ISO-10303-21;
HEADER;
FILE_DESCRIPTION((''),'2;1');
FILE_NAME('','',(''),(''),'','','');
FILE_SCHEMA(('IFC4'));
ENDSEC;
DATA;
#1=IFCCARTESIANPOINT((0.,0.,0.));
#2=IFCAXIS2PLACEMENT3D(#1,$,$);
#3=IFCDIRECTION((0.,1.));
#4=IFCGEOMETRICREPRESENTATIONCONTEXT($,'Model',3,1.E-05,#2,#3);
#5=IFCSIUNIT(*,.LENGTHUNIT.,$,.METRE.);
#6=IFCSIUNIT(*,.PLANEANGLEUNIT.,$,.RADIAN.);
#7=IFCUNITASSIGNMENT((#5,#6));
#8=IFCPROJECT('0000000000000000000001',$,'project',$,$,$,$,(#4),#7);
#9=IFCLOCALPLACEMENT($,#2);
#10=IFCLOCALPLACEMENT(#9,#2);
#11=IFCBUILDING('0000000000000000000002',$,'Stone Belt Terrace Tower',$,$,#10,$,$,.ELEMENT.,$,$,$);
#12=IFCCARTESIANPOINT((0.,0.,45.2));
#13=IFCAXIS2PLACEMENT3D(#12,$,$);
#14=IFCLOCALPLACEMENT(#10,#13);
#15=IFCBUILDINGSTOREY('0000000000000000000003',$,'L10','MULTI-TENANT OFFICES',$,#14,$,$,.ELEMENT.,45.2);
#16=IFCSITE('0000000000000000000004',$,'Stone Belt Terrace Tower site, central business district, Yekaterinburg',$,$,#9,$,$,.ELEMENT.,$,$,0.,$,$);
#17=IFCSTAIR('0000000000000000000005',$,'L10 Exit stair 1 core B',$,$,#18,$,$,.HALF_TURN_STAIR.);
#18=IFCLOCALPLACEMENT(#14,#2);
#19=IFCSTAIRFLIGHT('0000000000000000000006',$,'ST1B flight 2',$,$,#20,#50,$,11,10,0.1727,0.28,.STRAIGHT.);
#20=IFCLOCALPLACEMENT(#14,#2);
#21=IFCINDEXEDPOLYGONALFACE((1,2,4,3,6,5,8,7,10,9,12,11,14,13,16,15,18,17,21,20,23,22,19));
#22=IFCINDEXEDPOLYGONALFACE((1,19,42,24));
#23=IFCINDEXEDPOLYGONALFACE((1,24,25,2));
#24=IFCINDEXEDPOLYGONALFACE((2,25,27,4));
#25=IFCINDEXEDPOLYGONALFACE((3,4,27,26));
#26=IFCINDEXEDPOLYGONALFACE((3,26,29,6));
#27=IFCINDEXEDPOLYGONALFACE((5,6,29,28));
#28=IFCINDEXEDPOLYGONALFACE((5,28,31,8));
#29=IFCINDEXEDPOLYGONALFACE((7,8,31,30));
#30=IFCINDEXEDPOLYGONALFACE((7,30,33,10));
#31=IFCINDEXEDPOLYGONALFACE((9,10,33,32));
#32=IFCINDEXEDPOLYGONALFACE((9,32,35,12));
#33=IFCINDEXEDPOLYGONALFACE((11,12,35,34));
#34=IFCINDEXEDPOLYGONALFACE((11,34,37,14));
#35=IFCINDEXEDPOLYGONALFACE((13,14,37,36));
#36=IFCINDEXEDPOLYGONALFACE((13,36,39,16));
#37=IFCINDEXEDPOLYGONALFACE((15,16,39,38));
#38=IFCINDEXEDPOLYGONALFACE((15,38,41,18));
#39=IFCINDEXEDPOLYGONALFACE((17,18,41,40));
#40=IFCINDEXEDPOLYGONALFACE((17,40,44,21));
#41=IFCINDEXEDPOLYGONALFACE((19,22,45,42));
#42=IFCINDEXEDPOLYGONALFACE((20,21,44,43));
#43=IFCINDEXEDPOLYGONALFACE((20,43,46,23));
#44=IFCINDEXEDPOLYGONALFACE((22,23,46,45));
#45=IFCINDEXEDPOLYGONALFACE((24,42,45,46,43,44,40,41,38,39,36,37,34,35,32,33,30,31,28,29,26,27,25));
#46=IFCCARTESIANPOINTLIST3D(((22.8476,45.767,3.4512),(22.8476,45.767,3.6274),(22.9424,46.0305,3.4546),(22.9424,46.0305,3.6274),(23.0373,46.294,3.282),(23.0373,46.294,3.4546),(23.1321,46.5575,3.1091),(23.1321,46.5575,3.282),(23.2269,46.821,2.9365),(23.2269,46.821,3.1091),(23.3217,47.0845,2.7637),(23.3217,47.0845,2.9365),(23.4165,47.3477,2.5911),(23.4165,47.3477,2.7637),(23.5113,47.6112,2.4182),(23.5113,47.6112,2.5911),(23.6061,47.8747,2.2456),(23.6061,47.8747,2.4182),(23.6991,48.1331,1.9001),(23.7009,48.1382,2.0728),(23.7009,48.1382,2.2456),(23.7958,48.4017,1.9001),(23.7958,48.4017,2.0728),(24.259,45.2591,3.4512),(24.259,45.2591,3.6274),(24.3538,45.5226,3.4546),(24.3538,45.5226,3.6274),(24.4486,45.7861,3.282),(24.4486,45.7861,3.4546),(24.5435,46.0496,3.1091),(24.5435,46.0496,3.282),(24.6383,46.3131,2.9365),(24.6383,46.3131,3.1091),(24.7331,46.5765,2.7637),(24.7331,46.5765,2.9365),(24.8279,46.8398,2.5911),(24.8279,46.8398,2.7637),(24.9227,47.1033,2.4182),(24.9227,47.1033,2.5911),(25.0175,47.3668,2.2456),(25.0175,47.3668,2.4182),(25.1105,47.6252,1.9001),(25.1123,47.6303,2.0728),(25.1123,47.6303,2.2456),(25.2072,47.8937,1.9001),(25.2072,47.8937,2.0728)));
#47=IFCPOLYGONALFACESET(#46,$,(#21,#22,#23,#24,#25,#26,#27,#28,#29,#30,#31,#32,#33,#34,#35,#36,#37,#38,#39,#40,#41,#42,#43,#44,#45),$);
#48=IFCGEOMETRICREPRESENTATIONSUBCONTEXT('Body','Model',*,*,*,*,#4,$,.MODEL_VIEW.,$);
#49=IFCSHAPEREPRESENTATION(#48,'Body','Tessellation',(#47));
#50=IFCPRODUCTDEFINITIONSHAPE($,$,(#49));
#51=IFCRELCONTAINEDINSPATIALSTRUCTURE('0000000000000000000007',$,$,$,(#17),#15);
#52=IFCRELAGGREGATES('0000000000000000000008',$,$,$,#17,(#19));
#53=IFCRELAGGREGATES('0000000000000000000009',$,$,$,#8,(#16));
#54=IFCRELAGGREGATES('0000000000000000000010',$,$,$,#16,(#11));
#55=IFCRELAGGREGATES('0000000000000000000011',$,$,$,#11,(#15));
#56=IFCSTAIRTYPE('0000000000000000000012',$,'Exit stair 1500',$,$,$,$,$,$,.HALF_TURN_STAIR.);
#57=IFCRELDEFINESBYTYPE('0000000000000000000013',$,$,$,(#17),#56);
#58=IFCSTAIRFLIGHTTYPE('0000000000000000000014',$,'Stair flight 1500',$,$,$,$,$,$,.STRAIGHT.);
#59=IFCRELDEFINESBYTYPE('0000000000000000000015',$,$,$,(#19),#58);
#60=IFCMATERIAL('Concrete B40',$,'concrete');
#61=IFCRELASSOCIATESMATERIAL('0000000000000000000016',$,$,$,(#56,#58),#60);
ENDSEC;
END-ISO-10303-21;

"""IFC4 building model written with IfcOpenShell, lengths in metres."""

from ifc_helpers import new_model, si_unit, direction, frame, origin, place, context, subcontext, project, spatial, polyline, outline, extrude, material, type_object, element, aggregate, save


model = new_model("IFC4")

# Units and contexts
model_context = context("Model", 3, precision=1e-05, world=origin(), true_north=direction((0.0, 1.0)))
body_context = subcontext(model_context, "Body", "Model", "MODEL_VIEW")
ifc_project = project(units=[si_unit("LENGTHUNIT", "METRE"), si_unit("PLANEANGLEUNIT", "RADIAN")], contexts=[model_context])

# Site, building, storey
site_placement = place(None, origin())
site = spatial("IfcSite", under=ifc_project, at=site_placement, Name="Stone Belt Terrace Tower site, central business district, Yekaterinburg", CompositionType="ELEMENT", RefElevation=0.0)
building_placement = place(site_placement, origin())
building = spatial("IfcBuilding", under=site, at=building_placement, Name="Stone Belt Terrace Tower", CompositionType="ELEMENT")
storey_placement = place(building_placement, frame((0.0, 0.0, 45.2)))
storey = spatial("IfcBuildingStorey", under=building, at=storey_placement, Name="L10", Description="MULTI-TENANT OFFICES", CompositionType="ELEMENT", Elevation=45.2)

# Stair, stair flight
ifc_material_1 = material(Name="Concrete B40", Category="concrete")
stair_type = type_object("IfcStairType", Name="Exit stair 1500", PredefinedType="HALF_TURN_STAIR", material=ifc_material_1)
stair_placement = place(storey_placement, origin())
stair = element("IfcStair", 1, at=stair_placement, inside=storey, type_object=stair_type, Name="L10 Exit stair 1 core B", PredefinedType="HALF_TURN_STAIR")
stair_flight_type = type_object("IfcStairFlightType", Name="Stair flight 1500", PredefinedType="STRAIGHT", material=ifc_material_1)
stair_flight_1_placement = place(storey_placement, frame((24.5015, 48.1477, 1.9001), z_axis=(0.0, 0.0, 1.0), x_axis=(-0.338624, -0.940922, 0.0)))
stair_flight_1 = element("IfcStairFlight", 2, at=stair_flight_1_placement, type_object=stair_flight_type, Name="ST1B flight 2", NumberOfRisers=11, NumberOfTreads=10, PredefinedType="STRAIGHT", RiserHeight=0.1727, TreadLength=0.28, context=body_context, shape_type="SweptSolid", body=[
    extrude(outline(polyline([(0.0, 0.0), (0.0, 0.1726), (0.28, 0.1726), (0.28, 0.3455), (0.5601, 0.3455), (0.5601, 0.5181), (0.8401, 0.5181), (0.8401, 0.6909), (1.1201, 0.6909), (1.1201, 0.8635), (1.3999, 0.8635), (1.3999, 1.0364), (1.6799, 1.0364), (1.6799, 1.209), (1.96, 1.209), (1.96, 1.3818), (2.24, 1.3818), (2.24, 1.5544), (2.52, 1.5544), (2.52, 1.7273), (2.8, 1.7273), (2.8, 1.8999), (2.8, 1.551), (0.2854, 0.0), (0.0, 0.0)])), frame((0.0, 0.75, 0.0), z_axis=(0.0, -1.0, 0.0), x_axis=(1.0, 0.0, 0.0)), (0.0, 0.0, 1.0), 1.5),
])
aggregate(stair, [stair_flight_1])

save(model, "model.ifc")
